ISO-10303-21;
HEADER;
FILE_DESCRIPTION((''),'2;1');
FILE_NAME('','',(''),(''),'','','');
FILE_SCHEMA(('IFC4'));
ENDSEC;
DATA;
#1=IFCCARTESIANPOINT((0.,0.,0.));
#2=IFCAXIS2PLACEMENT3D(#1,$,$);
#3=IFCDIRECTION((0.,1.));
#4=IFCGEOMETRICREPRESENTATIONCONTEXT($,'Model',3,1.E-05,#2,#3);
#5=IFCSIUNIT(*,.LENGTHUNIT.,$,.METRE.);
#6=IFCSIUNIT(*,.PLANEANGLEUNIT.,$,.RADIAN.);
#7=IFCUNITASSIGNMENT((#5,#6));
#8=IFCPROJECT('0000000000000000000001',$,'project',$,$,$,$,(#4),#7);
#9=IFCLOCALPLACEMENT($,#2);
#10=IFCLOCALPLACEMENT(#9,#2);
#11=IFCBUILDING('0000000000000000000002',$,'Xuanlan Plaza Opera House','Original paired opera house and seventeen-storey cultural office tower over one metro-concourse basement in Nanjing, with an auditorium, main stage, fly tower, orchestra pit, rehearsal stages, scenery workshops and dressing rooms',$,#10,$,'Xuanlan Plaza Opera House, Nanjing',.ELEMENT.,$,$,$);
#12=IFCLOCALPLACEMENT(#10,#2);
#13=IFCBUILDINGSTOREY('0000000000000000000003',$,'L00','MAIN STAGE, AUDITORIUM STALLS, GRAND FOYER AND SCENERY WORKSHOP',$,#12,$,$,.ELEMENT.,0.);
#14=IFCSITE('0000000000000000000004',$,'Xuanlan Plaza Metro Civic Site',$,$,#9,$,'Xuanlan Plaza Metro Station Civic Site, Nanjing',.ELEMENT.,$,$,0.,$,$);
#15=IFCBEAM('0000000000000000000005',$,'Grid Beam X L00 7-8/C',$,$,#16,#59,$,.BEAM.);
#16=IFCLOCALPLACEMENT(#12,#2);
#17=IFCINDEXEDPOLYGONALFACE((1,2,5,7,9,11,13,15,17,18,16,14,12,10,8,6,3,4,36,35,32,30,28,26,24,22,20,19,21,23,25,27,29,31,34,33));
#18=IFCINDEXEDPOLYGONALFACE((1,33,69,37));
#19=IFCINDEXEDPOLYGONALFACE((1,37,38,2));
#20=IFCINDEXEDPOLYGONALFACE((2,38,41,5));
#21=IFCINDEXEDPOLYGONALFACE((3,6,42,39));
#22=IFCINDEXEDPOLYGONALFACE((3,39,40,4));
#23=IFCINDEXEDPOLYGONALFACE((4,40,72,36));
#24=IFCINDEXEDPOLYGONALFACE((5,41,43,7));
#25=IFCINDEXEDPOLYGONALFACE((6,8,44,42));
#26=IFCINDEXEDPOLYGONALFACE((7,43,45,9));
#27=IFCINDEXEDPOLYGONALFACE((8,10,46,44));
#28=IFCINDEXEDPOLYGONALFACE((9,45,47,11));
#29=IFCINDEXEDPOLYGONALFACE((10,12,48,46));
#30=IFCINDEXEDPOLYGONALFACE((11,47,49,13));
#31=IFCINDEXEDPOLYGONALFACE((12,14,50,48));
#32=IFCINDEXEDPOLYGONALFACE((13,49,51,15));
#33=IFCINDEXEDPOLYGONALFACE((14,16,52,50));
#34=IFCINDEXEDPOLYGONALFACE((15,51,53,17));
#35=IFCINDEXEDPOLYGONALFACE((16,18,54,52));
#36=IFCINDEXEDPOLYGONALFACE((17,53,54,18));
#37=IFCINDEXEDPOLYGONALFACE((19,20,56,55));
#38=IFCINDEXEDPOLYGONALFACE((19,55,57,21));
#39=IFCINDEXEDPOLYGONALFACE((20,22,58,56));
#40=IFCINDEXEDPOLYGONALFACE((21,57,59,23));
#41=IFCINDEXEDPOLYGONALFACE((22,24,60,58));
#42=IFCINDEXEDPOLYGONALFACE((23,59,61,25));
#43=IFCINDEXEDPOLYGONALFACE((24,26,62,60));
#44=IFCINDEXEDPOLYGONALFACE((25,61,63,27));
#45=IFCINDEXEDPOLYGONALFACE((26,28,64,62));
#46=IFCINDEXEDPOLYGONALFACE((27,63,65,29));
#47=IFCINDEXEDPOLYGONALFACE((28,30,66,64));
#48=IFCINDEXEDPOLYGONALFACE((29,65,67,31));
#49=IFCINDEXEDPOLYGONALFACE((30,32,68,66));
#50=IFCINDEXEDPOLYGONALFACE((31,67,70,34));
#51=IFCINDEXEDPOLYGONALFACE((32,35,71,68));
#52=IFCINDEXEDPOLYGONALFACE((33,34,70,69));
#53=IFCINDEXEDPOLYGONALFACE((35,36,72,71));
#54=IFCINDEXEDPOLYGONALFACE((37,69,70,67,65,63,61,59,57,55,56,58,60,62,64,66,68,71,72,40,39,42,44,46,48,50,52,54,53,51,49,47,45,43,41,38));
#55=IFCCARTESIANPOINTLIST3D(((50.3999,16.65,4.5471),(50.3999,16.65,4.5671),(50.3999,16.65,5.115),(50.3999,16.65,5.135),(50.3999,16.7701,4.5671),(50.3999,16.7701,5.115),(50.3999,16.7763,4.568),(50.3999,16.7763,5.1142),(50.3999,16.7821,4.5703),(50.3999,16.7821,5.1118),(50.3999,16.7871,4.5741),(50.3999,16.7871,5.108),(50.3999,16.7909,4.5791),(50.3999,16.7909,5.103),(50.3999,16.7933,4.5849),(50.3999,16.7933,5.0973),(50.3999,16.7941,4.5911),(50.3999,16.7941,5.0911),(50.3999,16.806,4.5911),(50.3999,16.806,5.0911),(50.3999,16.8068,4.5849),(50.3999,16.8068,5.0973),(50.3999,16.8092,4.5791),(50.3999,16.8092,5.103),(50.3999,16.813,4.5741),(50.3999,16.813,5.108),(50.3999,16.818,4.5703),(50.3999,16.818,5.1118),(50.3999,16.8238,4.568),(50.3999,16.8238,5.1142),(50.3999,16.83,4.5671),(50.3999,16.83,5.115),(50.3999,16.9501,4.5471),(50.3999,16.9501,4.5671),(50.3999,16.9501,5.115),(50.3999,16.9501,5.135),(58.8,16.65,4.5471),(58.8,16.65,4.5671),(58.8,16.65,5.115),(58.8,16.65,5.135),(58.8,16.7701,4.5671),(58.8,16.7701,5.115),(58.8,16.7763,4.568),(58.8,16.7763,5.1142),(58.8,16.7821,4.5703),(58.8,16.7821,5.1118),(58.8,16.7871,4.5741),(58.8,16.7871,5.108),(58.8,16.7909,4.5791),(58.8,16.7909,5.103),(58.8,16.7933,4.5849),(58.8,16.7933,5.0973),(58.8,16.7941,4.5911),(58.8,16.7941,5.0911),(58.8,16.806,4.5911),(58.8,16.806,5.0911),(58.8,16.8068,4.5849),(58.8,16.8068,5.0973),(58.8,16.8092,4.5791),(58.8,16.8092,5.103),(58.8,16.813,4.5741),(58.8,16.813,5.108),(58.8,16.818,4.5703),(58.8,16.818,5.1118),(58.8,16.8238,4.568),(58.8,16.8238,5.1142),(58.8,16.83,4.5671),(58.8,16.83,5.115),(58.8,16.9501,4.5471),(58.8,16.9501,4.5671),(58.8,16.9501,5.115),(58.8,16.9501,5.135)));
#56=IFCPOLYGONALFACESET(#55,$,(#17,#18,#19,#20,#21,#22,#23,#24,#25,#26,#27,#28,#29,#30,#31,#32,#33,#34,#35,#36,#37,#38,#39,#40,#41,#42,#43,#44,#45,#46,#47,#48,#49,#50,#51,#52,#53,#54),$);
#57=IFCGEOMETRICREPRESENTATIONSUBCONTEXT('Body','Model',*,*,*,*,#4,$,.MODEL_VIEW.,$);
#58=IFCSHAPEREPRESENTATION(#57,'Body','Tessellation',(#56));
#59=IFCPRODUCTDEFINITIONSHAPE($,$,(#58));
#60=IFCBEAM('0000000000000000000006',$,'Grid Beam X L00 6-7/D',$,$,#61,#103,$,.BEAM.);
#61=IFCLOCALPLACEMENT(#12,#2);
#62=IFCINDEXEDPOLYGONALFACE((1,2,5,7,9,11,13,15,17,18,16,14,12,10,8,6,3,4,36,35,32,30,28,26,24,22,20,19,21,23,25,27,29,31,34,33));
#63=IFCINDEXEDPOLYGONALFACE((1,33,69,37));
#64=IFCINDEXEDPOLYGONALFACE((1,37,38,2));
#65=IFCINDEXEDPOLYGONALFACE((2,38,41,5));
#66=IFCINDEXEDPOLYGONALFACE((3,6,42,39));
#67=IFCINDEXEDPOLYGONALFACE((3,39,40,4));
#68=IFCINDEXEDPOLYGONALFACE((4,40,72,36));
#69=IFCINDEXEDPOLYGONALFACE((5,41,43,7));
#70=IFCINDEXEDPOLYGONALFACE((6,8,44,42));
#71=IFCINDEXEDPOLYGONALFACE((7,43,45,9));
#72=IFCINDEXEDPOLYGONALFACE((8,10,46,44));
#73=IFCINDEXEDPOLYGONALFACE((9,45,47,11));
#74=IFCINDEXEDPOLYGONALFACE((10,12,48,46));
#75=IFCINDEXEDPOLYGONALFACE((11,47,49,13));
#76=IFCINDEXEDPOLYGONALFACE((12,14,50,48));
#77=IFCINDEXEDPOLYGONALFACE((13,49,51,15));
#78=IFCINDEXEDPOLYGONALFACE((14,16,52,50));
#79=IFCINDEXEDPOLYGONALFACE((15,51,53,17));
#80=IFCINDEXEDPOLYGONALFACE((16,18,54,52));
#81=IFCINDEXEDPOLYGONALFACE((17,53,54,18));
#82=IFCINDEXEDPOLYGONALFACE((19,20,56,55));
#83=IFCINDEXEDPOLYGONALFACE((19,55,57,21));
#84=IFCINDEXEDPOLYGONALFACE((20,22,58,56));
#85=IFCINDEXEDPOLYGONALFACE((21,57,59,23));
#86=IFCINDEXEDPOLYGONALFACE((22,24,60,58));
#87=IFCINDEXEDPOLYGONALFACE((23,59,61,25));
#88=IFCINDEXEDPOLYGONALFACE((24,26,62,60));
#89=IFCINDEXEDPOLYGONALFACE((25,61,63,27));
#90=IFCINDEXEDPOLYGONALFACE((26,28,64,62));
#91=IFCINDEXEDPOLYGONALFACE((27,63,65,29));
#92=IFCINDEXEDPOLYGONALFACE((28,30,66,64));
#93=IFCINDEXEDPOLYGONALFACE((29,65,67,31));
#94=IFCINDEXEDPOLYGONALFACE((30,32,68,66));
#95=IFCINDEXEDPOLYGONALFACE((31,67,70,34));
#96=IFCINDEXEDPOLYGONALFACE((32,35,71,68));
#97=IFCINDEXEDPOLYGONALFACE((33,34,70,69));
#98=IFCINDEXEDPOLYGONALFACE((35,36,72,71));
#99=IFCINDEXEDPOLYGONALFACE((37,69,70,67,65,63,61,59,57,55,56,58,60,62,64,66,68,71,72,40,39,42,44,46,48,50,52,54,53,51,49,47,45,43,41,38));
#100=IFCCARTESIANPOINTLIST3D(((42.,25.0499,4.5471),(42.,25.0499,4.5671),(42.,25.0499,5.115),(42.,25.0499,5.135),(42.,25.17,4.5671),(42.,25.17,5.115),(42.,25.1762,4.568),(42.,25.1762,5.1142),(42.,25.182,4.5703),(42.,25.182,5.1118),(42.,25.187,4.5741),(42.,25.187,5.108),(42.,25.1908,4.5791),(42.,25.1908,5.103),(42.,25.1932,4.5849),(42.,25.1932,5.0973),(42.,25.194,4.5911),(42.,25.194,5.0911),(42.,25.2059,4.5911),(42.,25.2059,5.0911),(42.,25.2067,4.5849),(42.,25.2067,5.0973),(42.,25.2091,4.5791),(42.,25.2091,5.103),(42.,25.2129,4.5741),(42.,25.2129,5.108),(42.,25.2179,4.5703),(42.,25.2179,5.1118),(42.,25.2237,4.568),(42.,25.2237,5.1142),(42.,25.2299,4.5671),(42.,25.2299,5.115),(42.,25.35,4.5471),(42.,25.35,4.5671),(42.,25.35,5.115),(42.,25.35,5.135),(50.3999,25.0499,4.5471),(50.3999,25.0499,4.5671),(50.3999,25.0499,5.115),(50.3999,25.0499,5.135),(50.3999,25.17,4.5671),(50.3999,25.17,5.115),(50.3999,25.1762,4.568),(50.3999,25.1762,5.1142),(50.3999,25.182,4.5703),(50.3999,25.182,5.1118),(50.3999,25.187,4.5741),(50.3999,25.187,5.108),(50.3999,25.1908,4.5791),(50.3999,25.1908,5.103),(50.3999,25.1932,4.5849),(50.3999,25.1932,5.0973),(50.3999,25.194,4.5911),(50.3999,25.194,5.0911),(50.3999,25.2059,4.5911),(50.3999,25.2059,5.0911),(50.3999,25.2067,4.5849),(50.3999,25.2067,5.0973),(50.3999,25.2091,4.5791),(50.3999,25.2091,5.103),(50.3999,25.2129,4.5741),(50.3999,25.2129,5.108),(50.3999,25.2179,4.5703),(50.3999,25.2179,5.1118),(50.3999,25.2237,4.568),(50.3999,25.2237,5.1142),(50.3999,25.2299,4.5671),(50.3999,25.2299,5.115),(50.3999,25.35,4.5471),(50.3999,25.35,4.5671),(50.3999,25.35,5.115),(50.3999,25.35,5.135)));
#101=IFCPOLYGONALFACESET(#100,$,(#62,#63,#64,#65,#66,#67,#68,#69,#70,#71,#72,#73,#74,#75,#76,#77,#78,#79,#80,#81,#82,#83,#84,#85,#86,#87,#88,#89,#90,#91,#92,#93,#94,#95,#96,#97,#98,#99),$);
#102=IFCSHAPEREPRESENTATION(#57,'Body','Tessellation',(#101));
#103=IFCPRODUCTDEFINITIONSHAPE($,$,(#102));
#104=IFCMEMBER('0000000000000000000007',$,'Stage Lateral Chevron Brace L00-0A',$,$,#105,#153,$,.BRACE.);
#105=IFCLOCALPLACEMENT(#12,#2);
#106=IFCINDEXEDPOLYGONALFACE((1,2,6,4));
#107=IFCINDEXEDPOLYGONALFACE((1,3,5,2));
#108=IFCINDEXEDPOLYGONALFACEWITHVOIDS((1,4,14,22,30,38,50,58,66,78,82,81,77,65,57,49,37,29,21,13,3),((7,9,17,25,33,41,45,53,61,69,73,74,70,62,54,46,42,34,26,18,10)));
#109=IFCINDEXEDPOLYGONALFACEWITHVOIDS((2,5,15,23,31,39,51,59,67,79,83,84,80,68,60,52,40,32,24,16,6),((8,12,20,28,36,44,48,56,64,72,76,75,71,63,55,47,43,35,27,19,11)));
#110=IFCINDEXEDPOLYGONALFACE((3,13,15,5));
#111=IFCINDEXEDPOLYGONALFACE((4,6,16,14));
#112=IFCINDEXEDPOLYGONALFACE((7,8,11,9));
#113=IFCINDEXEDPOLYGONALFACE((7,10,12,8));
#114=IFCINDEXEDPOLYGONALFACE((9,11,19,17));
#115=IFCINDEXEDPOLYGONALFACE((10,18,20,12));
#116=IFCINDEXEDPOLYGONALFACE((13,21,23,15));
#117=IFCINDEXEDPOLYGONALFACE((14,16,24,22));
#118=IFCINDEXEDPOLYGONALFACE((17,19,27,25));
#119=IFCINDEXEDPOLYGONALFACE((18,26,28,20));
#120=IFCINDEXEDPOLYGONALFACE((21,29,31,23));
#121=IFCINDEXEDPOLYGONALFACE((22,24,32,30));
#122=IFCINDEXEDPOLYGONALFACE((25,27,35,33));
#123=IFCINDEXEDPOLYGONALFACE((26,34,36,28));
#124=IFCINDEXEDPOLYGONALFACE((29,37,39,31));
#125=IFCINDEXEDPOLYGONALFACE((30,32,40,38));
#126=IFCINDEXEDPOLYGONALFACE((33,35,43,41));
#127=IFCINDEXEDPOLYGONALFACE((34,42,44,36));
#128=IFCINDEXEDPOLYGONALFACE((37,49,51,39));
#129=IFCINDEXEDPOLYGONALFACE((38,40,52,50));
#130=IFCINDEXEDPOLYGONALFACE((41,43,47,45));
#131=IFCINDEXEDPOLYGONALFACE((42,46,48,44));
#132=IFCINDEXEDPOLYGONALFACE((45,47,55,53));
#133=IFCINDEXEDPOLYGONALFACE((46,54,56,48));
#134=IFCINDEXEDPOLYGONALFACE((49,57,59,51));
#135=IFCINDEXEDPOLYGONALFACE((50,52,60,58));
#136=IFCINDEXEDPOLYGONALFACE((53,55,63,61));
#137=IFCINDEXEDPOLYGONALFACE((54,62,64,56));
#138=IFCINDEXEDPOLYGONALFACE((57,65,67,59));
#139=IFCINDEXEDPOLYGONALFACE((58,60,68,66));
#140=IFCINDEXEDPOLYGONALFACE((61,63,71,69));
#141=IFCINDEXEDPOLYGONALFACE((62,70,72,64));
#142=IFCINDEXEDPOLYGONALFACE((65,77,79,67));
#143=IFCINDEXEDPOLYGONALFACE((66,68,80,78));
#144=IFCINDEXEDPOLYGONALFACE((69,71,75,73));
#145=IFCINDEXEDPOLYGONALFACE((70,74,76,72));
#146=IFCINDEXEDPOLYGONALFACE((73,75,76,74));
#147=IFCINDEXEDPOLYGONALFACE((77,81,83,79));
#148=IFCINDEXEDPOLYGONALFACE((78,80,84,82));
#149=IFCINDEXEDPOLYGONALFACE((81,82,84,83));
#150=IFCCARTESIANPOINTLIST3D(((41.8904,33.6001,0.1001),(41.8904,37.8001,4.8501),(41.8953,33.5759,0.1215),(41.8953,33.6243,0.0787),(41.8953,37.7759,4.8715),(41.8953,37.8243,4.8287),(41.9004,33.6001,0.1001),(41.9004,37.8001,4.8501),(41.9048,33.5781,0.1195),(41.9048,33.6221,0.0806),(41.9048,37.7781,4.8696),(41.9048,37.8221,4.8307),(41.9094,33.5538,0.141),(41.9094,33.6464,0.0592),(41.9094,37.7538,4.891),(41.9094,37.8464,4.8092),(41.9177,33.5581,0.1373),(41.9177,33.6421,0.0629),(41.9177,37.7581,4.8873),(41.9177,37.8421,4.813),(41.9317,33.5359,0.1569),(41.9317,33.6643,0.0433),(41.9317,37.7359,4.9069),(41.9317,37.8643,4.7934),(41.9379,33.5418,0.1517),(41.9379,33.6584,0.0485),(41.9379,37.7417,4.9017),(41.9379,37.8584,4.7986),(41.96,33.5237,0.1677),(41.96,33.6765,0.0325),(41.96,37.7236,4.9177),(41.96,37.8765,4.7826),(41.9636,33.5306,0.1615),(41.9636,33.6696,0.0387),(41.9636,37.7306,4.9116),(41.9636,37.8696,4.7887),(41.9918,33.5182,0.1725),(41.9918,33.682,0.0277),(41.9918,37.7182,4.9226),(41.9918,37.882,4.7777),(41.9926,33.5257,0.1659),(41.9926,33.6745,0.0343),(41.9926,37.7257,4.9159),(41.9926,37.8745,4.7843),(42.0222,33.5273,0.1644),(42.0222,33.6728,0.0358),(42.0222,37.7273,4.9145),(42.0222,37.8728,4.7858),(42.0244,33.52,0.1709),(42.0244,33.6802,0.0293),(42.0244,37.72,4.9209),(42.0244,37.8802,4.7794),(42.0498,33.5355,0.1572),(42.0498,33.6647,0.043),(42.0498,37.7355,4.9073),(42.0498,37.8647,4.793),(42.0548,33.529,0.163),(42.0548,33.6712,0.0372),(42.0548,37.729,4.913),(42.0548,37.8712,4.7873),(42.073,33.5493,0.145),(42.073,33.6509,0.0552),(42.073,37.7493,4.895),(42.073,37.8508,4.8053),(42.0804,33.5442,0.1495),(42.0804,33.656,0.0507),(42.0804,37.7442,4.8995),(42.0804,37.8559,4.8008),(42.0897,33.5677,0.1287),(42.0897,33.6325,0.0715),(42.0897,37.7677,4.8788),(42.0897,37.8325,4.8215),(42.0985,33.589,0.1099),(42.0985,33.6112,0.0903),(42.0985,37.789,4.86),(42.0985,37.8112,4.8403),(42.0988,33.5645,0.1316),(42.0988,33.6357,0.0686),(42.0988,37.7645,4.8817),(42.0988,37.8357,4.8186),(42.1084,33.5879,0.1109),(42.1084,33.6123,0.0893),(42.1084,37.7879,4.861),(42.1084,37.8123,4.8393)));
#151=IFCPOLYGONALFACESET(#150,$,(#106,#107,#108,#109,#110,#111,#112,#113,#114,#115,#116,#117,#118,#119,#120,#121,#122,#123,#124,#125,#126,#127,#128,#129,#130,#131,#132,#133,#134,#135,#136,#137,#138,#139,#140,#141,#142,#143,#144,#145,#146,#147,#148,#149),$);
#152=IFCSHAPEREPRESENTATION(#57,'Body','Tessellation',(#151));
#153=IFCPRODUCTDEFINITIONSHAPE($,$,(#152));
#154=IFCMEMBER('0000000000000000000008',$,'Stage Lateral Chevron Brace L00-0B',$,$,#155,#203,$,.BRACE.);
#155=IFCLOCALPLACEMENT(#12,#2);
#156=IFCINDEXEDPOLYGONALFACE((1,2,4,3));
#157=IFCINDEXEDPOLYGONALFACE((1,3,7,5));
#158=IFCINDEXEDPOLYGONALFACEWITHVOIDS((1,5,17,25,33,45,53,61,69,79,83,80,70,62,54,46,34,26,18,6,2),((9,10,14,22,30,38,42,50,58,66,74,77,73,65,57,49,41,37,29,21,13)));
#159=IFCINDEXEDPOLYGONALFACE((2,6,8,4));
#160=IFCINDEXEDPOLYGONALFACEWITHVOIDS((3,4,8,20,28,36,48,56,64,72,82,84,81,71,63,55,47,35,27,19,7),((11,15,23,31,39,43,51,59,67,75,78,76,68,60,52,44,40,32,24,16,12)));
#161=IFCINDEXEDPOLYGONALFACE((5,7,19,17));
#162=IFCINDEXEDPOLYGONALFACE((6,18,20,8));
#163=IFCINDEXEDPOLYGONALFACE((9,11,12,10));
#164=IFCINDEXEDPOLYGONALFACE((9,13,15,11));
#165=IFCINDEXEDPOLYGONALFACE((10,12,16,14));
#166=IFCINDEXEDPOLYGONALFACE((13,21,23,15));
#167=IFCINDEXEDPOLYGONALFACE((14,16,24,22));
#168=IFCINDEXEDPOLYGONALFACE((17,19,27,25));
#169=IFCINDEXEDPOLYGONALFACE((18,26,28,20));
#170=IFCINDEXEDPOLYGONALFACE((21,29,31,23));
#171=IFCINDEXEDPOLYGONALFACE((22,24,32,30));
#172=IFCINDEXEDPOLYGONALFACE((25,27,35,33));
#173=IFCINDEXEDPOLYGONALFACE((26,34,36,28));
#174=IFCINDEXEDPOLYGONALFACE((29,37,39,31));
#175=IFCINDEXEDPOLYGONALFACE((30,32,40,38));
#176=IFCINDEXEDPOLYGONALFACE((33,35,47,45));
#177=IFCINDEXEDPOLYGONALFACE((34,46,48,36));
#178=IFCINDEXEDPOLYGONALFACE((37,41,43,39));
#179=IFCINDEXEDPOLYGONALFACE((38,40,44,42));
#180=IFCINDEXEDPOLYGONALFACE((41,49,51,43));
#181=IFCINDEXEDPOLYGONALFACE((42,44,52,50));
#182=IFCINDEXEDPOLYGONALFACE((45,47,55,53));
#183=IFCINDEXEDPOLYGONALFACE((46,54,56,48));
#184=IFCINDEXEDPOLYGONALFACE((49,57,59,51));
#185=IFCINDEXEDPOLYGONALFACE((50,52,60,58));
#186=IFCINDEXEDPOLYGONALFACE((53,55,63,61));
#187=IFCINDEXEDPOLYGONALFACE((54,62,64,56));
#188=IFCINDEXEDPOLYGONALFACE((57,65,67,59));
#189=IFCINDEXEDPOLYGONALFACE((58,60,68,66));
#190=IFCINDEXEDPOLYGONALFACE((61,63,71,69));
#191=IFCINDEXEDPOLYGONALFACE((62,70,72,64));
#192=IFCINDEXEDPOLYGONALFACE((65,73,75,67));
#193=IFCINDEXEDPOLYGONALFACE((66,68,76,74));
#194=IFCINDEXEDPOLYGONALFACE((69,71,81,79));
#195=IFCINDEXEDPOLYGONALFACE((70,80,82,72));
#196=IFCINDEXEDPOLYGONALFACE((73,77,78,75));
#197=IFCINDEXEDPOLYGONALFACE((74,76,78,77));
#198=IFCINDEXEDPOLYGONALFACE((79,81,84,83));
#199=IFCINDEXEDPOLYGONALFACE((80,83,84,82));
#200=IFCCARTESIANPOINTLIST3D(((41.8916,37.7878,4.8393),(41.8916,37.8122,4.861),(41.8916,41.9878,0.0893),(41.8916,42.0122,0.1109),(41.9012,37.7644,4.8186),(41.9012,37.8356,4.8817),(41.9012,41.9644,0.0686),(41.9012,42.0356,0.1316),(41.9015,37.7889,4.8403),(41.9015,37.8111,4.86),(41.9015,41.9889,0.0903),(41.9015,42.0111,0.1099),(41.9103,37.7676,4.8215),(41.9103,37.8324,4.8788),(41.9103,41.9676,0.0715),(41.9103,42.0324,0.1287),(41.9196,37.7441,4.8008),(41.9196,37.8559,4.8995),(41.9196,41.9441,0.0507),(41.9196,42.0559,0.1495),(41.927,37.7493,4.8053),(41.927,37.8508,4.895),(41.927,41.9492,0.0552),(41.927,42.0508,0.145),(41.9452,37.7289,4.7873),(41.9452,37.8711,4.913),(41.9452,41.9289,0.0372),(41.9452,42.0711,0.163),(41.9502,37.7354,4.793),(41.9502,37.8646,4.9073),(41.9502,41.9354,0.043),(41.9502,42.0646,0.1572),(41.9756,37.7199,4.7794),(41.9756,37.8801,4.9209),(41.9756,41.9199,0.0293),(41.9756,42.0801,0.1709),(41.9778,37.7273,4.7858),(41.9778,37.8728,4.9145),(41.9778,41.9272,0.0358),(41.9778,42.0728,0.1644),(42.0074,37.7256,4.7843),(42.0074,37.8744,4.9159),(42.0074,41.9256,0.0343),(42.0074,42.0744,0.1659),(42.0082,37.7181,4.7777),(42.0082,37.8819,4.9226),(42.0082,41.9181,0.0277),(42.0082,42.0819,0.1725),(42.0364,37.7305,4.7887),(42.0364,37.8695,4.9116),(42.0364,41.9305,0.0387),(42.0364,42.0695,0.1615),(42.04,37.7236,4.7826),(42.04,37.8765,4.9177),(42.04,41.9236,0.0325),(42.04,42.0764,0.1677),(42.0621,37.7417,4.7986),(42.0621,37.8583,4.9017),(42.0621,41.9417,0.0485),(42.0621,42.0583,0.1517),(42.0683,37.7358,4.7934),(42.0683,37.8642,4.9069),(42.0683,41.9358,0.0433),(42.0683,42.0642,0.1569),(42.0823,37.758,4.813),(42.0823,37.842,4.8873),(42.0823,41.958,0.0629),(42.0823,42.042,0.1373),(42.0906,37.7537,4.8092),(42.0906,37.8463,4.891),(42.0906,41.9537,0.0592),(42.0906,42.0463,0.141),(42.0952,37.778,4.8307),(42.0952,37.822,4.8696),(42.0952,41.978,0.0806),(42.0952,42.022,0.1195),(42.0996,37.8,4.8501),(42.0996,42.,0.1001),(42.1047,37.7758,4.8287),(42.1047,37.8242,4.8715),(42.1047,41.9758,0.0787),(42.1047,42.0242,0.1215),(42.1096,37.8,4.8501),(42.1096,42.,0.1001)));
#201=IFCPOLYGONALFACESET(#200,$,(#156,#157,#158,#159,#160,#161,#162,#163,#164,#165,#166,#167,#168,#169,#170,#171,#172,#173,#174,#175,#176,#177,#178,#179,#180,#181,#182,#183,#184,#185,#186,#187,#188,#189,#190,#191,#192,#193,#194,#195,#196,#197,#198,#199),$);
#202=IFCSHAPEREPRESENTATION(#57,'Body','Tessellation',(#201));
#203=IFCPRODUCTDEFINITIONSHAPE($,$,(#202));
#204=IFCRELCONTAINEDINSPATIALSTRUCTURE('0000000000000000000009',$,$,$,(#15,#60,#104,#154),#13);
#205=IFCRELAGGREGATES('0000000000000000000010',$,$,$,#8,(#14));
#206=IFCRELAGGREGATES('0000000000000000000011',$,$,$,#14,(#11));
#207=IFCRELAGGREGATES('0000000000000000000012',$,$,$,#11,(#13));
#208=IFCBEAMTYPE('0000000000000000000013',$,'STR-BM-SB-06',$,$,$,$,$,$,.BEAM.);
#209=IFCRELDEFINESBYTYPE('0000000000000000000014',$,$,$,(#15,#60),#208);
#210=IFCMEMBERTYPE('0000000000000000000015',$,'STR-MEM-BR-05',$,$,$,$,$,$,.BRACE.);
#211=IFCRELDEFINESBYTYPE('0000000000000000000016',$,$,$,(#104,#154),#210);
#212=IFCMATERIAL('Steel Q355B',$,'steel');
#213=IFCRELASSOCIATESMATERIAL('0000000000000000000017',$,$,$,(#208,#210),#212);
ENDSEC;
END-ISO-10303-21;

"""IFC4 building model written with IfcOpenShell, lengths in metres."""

from ifc_helpers import new_model, si_unit, direction, frame, origin, origin_2d, place, context, subcontext, project, spatial, hollow_circle, i_section, extrude, material, material_profile, profile_set, type_object, element, save


model = new_model("IFC4")

# Units and contexts
model_context = context("Model", 3, precision=1e-05, world=origin(), true_north=direction((0.0, 1.0)))
body_context = subcontext(model_context, "Body", "Model", "MODEL_VIEW")
ifc_project = project(units=[si_unit("LENGTHUNIT", "METRE"), si_unit("PLANEANGLEUNIT", "RADIAN")], contexts=[model_context])

# Site, building, storey
site_placement = place(None, origin())
site = spatial("IfcSite", under=ifc_project, at=site_placement, Name="Xuanlan Plaza Metro Civic Site", LongName="Xuanlan Plaza Metro Station Civic Site, Nanjing", CompositionType="ELEMENT", RefElevation=0.0)
building_placement = place(site_placement, origin())
building = spatial("IfcBuilding", under=site, at=building_placement, Name="Xuanlan Plaza Opera House", Description="Original paired opera house and seventeen-storey cultural office tower over one metro-concourse basement in Nanjing, with an auditorium, main stage, fly tower, orchestra pit, rehearsal stages, scenery workshops and dressing rooms", LongName="Xuanlan Plaza Opera House, Nanjing", CompositionType="ELEMENT")
storey_placement = place(building_placement, origin())
storey = spatial("IfcBuildingStorey", under=building, at=storey_placement, Name="L00", Description="MAIN STAGE, AUDITORIUM STALLS, GRAND FOYER AND SCENERY WORKSHOP", CompositionType="ELEMENT", Elevation=0.0)

# Beams
ifc_material_1 = material(Name="Steel Q355B", Category="steel")
ifc_material_profile_1 = material_profile(ifc_material_1, i_section(OverallWidth=0.3, OverallDepth=0.5879, WebThickness=0.012, FlangeThickness=0.02, FilletRadius=0.0239, at=origin_2d()), Name="HM 588x300x12x20")
ifc_profile_set_1 = profile_set([ifc_material_profile_1], Name="Steel Q355B")
beam_type_1 = type_object("IfcBeamType", Name="STR-BM-SB-06", PredefinedType="BEAM", material=ifc_profile_set_1)
beam_1_placement = place(storey_placement, frame((50.3999, 16.8, 4.8411), z_axis=(1.0, 0.0, 0.0), x_axis=(0.0, 1.0, 0.0)))
element("IfcBeam", 1, at=beam_1_placement, inside=storey, type_object=beam_type_1, Name="Grid Beam X L00 7-8/C", PredefinedType="BEAM", context=body_context, shape_type="SweptSolid", body=[
    extrude(i_section(OverallWidth=0.3, OverallDepth=0.5879, WebThickness=0.012, FlangeThickness=0.02, FilletRadius=0.0239, at=origin_2d()), origin(), (0.0, 0.0, 1.0), 8.4001),
])
beam_2_placement = place(storey_placement, frame((42.0, 25.2, 4.8411), z_axis=(1.0, 0.0, 0.0), x_axis=(0.0, 1.0, 0.0)))
element("IfcBeam", 2, at=beam_2_placement, inside=storey, type_object=beam_type_1, Name="Grid Beam X L00 6-7/D", PredefinedType="BEAM", context=body_context, shape_type="SweptSolid", body=[
    extrude(i_section(OverallWidth=0.3, OverallDepth=0.5879, WebThickness=0.012, FlangeThickness=0.02, FilletRadius=0.0239, at=origin_2d()), origin(), (0.0, 0.0, 1.0), 8.3999),
])

# Members
ifc_material_profile_2 = material_profile(ifc_material_1, hollow_circle(Radius=0.1096, WallThickness=0.01, at=origin_2d()), Name="CHS 219.1x10")
ifc_profile_set_2 = profile_set([ifc_material_profile_2], Name="Steel Q355B")
member_type = type_object("IfcMemberType", Name="STR-MEM-BR-05", PredefinedType="BRACE", material=ifc_profile_set_2)
for number, where, z_axis, x_axis, name in (
    (3, (42.0, 33.6001, 0.1001), (0.0, 0.662399, 0.749151), (-1.0, 0.0, 0.0), "Stage Lateral Chevron Brace L00-0A"),
    (4, (42.0, 42.0, 0.1001), (0.0, -0.662399, 0.749151), (1.0, 0.0, 0.0), "Stage Lateral Chevron Brace L00-0B"),
):
    element("IfcMember", number, at=place(storey_placement, frame(where, z_axis=z_axis, x_axis=x_axis)), inside=storey, type_object=member_type, Name=name, PredefinedType="BRACE", context=body_context, shape_type="SweptSolid", body=[
        extrude(hollow_circle(Radius=0.1096, WallThickness=0.01, at=origin_2d()), origin(), (0.0, 0.0, 1.0), 6.3406),
    ])

save(model, "model.ifc")
